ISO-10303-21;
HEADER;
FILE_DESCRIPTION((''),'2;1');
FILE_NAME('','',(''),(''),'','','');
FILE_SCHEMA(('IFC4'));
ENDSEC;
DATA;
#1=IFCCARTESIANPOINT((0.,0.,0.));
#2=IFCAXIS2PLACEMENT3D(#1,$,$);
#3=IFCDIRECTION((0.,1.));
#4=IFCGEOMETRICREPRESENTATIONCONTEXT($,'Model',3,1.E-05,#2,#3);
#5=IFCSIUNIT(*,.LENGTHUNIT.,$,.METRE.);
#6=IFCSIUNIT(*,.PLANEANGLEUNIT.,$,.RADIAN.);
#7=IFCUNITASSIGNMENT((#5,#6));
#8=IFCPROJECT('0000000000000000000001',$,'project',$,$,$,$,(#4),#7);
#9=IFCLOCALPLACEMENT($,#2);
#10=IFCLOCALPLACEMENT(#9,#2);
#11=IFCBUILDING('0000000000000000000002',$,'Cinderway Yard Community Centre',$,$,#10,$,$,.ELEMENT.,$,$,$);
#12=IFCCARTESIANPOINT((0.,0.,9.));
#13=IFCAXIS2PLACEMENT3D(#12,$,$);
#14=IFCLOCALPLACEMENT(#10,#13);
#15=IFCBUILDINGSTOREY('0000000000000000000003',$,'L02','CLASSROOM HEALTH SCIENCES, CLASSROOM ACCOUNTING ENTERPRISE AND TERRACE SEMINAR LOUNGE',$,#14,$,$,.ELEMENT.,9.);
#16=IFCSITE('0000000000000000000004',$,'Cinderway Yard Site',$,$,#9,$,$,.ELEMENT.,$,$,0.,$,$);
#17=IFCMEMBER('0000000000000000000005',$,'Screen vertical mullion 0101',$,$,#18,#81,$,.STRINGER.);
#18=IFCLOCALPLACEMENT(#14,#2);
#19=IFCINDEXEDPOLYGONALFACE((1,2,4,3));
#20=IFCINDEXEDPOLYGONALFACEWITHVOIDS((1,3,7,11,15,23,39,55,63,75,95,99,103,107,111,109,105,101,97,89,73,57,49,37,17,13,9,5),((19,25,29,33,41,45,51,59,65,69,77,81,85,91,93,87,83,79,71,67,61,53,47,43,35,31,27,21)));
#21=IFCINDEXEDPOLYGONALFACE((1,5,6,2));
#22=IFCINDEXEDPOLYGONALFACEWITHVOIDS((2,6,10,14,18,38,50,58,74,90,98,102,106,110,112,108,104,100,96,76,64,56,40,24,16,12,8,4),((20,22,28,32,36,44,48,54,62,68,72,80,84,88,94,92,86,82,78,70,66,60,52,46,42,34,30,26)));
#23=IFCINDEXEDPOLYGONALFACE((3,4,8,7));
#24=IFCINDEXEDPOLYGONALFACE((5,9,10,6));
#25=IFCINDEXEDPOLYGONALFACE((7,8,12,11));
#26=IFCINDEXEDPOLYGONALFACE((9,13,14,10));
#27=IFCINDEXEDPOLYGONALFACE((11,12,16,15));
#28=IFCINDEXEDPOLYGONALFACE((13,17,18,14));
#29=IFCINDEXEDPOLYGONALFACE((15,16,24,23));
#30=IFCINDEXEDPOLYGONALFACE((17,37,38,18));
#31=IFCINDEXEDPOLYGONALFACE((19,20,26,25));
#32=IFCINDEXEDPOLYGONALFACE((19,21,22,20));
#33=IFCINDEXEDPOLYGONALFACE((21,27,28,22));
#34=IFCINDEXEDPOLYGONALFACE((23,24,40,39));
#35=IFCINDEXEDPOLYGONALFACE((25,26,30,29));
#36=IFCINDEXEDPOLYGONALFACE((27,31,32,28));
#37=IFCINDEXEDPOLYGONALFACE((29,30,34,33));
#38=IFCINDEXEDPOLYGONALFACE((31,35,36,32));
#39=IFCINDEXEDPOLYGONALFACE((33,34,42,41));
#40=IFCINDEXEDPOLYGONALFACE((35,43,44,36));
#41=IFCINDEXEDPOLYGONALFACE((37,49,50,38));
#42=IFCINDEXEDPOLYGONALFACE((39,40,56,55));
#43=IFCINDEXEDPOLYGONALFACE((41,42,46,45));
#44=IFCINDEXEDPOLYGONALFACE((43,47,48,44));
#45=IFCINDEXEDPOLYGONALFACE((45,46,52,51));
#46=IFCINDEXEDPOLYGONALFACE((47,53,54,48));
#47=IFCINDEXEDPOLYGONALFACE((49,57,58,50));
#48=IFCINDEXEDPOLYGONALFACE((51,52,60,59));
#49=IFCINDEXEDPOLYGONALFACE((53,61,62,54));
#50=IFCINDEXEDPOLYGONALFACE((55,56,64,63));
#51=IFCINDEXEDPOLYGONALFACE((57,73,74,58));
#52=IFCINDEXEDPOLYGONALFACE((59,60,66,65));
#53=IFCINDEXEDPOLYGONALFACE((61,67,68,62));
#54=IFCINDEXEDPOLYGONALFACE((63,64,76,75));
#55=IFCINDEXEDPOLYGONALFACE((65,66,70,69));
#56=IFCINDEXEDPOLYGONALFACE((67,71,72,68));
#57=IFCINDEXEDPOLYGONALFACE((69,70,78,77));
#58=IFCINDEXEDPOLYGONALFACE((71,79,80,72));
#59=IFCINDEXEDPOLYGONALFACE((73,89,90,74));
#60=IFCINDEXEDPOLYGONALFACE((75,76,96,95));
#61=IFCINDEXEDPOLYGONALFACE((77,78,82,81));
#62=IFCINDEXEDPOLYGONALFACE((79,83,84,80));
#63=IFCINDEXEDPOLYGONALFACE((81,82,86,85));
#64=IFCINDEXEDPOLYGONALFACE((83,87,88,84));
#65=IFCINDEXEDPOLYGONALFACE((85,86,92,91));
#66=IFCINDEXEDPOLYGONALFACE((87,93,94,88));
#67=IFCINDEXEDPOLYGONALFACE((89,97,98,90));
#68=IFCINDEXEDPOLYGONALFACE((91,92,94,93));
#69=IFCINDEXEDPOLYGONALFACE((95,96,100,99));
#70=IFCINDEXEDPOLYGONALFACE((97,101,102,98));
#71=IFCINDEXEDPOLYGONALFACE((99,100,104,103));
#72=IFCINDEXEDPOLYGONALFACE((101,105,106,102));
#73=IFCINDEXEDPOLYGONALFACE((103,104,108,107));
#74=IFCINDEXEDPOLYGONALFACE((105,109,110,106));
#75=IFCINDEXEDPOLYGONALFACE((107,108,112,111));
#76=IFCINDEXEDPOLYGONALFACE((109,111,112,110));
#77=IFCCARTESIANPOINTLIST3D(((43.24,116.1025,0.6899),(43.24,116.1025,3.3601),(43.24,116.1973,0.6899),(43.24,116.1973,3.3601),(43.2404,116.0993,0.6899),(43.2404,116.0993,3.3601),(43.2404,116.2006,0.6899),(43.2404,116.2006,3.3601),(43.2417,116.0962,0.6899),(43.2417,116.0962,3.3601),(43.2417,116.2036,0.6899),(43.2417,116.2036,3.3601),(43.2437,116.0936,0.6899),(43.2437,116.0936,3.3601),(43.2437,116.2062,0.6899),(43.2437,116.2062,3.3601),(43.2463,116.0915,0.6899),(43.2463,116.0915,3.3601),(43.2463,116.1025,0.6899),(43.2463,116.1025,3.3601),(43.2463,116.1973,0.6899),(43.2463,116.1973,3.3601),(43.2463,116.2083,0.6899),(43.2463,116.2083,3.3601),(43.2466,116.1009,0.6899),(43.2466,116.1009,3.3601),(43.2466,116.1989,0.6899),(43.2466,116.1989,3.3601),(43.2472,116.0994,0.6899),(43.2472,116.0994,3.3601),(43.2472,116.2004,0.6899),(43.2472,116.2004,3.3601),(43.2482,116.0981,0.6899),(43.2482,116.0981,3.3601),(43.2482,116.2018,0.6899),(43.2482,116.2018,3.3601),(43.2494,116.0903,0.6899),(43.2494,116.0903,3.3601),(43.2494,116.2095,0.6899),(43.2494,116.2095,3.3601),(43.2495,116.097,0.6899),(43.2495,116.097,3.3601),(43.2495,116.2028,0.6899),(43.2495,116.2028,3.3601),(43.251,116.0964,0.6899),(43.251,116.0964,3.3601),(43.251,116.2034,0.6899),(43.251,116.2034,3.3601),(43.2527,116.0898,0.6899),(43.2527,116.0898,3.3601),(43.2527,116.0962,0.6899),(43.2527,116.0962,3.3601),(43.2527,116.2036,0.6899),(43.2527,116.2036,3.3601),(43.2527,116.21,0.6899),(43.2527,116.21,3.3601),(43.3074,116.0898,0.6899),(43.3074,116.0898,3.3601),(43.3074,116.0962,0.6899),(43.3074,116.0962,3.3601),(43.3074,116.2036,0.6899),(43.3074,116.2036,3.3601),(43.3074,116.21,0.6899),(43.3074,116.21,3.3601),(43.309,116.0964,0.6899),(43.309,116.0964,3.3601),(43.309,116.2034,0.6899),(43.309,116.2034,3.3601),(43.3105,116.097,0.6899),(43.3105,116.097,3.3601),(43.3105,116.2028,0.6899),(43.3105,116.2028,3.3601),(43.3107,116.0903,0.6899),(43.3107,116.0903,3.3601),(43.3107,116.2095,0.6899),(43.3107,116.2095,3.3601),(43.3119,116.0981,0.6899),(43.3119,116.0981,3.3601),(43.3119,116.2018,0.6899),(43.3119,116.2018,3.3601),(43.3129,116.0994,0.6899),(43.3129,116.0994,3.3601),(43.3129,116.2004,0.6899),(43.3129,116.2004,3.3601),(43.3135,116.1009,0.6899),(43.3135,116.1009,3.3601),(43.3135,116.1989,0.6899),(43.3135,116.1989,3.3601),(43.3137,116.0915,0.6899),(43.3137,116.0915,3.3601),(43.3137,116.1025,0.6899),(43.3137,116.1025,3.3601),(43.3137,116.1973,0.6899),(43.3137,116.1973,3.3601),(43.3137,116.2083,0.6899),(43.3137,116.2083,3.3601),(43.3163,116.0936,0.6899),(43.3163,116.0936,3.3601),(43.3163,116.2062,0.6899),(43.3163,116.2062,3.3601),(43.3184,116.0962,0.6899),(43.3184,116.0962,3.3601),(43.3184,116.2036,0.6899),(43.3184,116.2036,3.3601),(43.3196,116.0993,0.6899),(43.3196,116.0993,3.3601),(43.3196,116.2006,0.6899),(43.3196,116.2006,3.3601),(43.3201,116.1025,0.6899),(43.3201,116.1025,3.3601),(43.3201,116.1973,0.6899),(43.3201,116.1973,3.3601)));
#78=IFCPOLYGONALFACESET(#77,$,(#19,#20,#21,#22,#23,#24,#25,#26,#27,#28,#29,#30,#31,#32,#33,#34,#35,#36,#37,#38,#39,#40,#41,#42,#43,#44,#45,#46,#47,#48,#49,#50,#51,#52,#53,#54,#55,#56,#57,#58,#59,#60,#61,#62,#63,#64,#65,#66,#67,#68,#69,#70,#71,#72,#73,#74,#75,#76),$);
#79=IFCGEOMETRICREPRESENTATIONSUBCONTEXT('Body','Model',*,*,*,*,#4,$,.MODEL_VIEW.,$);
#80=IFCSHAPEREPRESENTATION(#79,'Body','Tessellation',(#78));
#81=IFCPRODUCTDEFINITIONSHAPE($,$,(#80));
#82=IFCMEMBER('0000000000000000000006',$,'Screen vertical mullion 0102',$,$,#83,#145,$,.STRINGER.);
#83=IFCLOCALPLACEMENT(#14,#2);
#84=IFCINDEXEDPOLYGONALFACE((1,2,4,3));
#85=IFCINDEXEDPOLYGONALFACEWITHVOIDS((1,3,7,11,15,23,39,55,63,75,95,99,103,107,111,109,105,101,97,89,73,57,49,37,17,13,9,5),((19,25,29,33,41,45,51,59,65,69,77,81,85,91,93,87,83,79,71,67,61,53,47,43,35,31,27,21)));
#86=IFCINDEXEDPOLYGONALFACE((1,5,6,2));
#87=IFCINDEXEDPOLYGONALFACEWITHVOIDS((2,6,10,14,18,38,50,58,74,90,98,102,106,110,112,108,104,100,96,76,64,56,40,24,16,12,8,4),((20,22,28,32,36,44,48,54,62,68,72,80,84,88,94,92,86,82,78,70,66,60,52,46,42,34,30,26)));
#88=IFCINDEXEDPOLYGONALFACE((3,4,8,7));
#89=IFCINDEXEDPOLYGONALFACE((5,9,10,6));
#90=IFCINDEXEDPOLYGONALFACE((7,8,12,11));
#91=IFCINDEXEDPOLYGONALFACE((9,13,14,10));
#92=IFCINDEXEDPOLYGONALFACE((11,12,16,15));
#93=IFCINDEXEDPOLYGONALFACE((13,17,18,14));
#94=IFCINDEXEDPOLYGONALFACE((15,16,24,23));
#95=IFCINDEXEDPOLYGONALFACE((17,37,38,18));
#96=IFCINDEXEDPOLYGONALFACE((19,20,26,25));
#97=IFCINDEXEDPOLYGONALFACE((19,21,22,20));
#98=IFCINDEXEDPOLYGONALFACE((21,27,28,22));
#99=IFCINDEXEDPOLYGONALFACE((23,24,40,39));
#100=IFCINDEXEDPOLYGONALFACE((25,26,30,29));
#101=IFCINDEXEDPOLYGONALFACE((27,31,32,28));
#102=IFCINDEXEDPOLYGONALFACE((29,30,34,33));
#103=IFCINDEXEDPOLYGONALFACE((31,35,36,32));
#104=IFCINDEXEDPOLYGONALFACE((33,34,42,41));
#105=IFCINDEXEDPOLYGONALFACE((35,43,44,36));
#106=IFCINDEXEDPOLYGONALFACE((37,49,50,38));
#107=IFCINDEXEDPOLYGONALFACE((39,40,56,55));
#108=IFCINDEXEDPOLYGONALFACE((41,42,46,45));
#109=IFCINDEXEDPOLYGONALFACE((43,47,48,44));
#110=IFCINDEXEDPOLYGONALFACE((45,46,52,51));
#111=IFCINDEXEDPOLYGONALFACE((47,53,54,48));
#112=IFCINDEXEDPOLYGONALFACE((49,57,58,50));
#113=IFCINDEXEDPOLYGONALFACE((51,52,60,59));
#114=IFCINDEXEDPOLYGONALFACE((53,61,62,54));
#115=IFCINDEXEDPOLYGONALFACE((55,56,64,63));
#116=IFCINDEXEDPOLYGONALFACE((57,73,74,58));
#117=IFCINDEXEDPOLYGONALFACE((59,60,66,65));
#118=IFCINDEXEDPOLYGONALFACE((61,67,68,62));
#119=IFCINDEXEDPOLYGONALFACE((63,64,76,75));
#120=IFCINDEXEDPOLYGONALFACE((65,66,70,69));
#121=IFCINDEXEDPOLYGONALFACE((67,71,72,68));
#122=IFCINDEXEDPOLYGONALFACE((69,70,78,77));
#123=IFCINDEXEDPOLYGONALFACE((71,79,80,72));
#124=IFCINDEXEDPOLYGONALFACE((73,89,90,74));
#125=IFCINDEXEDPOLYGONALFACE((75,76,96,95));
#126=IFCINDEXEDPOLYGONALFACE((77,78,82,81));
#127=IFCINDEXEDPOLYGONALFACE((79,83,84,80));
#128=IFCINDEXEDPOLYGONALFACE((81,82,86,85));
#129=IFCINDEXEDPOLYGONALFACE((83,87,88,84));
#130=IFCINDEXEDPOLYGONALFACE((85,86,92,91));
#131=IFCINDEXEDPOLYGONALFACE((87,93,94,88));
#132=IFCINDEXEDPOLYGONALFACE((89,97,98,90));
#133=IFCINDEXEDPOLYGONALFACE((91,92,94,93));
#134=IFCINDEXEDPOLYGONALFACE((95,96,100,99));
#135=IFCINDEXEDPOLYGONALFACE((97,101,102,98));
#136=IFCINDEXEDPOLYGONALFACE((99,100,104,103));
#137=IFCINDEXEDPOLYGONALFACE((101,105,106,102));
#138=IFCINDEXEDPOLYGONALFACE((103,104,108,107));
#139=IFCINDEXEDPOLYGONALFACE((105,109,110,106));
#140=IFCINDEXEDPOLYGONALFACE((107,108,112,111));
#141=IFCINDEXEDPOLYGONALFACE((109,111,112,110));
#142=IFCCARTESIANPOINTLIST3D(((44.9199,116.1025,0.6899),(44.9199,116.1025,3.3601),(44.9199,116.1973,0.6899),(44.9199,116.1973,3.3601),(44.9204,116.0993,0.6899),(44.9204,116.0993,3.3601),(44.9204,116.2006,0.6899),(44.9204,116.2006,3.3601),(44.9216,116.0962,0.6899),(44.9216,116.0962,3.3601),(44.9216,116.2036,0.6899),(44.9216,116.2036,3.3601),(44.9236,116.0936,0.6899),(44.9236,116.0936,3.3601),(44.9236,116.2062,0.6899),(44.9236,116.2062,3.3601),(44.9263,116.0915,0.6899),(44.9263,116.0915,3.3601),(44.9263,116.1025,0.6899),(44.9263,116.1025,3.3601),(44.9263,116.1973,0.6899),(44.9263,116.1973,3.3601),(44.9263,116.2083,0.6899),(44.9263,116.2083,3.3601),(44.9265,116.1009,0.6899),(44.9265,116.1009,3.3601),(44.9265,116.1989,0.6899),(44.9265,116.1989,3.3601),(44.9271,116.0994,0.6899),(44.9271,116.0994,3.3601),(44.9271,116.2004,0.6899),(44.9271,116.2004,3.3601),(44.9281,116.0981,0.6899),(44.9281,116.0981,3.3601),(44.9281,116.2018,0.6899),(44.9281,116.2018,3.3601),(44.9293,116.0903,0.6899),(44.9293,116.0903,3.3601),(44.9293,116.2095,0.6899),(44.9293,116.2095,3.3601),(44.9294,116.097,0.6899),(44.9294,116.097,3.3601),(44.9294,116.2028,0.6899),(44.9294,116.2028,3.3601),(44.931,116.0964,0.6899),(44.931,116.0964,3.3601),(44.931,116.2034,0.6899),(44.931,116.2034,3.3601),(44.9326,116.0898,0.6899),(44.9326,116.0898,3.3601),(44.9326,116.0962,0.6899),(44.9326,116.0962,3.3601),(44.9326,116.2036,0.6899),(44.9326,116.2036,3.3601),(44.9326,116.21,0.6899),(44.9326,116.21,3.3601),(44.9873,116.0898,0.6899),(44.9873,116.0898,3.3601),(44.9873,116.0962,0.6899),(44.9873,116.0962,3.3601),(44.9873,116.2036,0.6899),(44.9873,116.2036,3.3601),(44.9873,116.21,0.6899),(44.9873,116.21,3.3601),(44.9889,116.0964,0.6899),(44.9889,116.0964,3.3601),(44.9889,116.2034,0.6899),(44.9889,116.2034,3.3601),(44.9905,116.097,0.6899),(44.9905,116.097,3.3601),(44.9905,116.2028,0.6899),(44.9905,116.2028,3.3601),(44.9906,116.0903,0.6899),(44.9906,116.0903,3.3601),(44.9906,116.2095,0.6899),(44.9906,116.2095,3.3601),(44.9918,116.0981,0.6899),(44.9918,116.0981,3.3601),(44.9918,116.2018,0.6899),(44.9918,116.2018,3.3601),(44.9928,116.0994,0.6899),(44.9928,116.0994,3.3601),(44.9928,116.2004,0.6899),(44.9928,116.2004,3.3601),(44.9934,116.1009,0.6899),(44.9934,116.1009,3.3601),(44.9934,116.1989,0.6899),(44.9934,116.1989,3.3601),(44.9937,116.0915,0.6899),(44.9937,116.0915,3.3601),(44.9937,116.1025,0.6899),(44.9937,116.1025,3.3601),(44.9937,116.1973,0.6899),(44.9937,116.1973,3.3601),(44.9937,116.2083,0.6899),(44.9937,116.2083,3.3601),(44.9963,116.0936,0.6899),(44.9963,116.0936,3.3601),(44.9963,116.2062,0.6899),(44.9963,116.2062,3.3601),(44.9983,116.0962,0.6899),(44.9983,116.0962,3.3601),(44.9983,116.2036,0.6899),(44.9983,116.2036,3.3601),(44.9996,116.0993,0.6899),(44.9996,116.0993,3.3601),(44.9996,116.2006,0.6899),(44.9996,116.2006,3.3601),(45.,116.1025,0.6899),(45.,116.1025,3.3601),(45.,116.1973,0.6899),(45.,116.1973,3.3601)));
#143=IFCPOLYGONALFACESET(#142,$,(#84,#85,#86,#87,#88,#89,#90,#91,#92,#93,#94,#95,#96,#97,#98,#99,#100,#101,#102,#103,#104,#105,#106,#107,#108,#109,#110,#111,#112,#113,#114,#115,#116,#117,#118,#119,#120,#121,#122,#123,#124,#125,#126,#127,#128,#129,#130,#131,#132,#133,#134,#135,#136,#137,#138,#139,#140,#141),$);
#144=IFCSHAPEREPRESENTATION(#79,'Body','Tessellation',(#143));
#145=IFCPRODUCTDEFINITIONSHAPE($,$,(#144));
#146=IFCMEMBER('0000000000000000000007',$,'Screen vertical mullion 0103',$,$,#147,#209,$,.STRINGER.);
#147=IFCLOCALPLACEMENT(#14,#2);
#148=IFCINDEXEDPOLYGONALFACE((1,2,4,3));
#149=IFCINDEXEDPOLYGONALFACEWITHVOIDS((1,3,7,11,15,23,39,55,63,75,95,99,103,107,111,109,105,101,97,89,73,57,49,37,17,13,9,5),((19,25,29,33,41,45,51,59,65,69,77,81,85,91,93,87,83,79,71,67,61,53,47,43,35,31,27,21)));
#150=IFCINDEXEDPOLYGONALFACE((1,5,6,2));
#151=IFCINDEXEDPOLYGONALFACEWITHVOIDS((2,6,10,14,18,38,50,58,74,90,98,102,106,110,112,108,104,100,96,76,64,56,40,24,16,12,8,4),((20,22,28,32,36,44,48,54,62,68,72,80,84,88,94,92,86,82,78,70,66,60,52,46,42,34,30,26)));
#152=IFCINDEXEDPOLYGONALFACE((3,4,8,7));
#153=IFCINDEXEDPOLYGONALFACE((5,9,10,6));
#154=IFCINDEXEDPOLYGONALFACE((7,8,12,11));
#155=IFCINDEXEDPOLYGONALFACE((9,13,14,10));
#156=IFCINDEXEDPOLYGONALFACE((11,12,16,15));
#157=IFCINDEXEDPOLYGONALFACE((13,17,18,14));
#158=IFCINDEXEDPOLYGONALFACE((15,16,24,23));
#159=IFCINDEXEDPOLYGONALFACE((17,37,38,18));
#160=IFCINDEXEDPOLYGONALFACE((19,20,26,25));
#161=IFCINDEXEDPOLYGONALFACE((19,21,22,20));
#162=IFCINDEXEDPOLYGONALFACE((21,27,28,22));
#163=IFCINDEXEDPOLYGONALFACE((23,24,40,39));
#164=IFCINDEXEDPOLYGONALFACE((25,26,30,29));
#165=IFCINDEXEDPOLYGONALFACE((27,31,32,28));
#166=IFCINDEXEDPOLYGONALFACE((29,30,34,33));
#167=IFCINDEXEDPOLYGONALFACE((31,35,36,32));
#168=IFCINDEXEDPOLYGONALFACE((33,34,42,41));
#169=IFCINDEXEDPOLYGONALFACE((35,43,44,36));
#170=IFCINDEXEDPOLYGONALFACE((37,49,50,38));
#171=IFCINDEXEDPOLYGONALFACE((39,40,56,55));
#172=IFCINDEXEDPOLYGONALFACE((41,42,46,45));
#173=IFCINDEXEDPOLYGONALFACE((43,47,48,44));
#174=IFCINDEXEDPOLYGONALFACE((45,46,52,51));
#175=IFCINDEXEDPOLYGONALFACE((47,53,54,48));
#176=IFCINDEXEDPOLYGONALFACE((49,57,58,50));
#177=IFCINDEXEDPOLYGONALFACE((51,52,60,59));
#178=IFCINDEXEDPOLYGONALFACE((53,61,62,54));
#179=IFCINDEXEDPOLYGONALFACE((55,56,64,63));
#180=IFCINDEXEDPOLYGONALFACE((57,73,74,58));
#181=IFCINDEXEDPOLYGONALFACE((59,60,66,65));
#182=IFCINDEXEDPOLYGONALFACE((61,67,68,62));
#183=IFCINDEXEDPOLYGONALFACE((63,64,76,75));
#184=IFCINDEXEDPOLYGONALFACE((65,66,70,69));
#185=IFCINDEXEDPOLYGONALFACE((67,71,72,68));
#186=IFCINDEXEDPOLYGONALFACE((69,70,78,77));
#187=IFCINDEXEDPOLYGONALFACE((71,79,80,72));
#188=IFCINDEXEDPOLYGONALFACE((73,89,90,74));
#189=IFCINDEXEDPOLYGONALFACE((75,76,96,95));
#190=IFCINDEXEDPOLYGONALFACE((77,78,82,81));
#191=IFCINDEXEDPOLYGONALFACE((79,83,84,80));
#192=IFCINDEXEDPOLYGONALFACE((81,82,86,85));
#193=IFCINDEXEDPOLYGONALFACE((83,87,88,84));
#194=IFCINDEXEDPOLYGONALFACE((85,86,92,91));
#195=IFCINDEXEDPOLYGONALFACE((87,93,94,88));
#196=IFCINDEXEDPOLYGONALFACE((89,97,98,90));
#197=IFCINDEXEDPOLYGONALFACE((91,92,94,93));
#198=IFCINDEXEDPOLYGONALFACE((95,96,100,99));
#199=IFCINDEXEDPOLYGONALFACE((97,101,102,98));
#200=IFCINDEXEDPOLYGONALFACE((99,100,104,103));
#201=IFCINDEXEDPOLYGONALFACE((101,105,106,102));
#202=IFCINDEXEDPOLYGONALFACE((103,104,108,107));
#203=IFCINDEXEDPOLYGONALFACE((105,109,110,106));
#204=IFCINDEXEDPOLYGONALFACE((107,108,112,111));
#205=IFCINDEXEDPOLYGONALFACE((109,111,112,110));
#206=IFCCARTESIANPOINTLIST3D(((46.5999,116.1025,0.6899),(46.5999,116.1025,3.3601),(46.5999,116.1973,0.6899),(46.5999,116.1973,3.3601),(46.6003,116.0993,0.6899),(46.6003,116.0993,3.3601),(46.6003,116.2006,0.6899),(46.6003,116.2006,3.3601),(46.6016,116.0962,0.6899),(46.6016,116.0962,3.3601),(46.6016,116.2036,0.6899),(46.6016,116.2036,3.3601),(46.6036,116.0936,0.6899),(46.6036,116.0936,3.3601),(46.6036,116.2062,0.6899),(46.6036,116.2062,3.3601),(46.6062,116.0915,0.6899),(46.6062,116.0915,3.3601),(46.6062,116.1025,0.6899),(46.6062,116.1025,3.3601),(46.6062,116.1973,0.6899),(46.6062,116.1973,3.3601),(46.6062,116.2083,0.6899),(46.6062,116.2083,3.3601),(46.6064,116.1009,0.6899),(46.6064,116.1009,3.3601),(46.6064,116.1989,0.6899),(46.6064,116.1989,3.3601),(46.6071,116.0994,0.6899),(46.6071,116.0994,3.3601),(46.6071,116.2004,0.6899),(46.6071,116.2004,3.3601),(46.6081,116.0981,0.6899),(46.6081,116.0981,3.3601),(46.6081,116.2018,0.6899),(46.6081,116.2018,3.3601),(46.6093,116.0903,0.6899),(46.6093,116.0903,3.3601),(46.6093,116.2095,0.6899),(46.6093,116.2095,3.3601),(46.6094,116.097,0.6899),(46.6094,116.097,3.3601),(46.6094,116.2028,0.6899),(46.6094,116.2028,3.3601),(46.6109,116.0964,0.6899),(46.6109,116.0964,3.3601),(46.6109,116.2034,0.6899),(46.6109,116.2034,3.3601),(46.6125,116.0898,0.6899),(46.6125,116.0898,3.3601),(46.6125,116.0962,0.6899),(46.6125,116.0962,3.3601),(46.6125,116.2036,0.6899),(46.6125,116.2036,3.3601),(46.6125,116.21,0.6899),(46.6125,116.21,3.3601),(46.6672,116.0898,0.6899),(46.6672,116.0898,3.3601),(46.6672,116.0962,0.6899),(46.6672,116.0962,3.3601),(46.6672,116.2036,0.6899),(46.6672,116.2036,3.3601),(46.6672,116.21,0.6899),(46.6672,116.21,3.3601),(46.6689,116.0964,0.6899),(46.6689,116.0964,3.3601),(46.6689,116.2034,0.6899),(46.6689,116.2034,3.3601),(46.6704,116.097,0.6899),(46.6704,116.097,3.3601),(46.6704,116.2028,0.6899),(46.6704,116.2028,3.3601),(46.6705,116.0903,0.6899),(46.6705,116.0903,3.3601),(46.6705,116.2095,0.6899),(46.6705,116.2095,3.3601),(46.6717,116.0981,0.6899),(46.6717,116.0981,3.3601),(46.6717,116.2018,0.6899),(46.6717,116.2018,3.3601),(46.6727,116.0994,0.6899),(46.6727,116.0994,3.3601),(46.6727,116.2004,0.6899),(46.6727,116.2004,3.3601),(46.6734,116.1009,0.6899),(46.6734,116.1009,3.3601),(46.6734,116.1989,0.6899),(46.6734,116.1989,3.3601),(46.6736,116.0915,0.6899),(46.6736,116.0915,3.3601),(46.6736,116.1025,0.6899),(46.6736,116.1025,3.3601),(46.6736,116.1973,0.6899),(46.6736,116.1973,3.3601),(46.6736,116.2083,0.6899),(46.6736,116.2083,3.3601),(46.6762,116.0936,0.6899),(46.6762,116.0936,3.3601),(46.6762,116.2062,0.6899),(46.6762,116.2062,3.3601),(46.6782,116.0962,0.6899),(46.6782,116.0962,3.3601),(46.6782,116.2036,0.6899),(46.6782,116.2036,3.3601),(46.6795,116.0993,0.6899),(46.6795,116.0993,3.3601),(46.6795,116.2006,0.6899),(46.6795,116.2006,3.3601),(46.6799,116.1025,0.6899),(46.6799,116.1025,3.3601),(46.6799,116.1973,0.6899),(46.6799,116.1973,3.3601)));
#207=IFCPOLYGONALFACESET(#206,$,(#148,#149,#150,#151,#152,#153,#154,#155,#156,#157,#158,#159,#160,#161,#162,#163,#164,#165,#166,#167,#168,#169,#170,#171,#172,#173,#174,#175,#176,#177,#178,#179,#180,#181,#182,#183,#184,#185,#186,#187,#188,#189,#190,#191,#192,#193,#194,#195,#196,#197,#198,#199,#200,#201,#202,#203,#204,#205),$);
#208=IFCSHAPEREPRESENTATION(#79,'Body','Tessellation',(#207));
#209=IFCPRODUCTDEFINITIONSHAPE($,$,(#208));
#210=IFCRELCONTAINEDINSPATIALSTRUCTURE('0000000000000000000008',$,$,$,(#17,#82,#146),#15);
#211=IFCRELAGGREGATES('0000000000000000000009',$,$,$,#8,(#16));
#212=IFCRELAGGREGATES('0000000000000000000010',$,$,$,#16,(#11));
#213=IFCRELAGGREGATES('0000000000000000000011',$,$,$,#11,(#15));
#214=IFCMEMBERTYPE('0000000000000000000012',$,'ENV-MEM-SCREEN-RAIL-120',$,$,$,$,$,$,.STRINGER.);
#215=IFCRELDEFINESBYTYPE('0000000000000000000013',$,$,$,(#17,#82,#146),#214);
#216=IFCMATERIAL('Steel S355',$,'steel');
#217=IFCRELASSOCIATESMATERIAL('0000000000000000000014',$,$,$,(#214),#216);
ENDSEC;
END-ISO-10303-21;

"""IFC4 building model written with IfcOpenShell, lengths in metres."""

from ifc_helpers import new_model, si_unit, direction, frame, origin, origin_2d, place, context, subcontext, project, spatial, hollow_rectangle, extrude, material, material_profile, profile_set, type_object, element, save


model = new_model("IFC4")

# Units and contexts
model_context = context("Model", 3, precision=1e-05, world=origin(), true_north=direction((0.0, 1.0)))
body_context = subcontext(model_context, "Body", "Model", "MODEL_VIEW")
ifc_project = project(units=[si_unit("LENGTHUNIT", "METRE"), si_unit("PLANEANGLEUNIT", "RADIAN")], contexts=[model_context])

# Site, building, storey
site_placement = place(None, origin())
site = spatial("IfcSite", under=ifc_project, at=site_placement, Name="Cinderway Yard Site", CompositionType="ELEMENT", RefElevation=0.0)
building_placement = place(site_placement, origin())
building = spatial("IfcBuilding", under=site, at=building_placement, Name="Cinderway Yard Community Centre", CompositionType="ELEMENT")
storey_placement = place(building_placement, frame((0.0, 0.0, 9.0)))
storey = spatial("IfcBuildingStorey", under=building, at=storey_placement, Name="L02", Description="CLASSROOM HEALTH SCIENCES, CLASSROOM ACCOUNTING ENTERPRISE AND TERRACE SEMINAR LOUNGE", CompositionType="ELEMENT", Elevation=9.0)

# Members
ifc_material_1 = material(Name="Steel S355", Category="steel")
ifc_material_profile_1 = material_profile(ifc_material_1, hollow_rectangle(XDim=0.0801, YDim=0.1201, WallThickness=0.0063, InnerFilletRadius=0.0063, OuterFilletRadius=0.0127, at=origin_2d()), Name="Steel S355")
ifc_profile_set_1 = profile_set([ifc_material_profile_1], Name="Steel S355")
member_type_1 = type_object("IfcMemberType", Name="ENV-MEM-SCREEN-RAIL-120", PredefinedType="STRINGER", material=ifc_profile_set_1)
for number, where, z_axis, x_axis, name in (
    (1, (43.28, 116.1499, 0.6899), (0.0, 0.0, 1.0), (1.0, 0.0, 0.0), "Screen vertical mullion 0101"),
    (2, (44.96, 116.1499, 0.6899), (0.0, 0.0, 1.0), (1.0, 0.0, 0.0), "Screen vertical mullion 0102"),
    (3, (46.6399, 116.1499, 0.6899), (0.0, 0.0, 1.0), (1.0, 0.0, 0.0), "Screen vertical mullion 0103"),
):
    element("IfcMember", number, at=place(storey_placement, frame(where, z_axis=z_axis, x_axis=x_axis)), inside=storey, type_object=member_type_1, Name=name, PredefinedType="STRINGER", context=body_context, shape_type="SweptSolid", body=[
        extrude(hollow_rectangle(XDim=0.0801, YDim=0.1201, WallThickness=0.0063, InnerFilletRadius=0.0063, OuterFilletRadius=0.0127, at=origin_2d()), origin(), (0.0, 0.0, 1.0), 2.6702),
    ])

save(model, "model.ifc")
